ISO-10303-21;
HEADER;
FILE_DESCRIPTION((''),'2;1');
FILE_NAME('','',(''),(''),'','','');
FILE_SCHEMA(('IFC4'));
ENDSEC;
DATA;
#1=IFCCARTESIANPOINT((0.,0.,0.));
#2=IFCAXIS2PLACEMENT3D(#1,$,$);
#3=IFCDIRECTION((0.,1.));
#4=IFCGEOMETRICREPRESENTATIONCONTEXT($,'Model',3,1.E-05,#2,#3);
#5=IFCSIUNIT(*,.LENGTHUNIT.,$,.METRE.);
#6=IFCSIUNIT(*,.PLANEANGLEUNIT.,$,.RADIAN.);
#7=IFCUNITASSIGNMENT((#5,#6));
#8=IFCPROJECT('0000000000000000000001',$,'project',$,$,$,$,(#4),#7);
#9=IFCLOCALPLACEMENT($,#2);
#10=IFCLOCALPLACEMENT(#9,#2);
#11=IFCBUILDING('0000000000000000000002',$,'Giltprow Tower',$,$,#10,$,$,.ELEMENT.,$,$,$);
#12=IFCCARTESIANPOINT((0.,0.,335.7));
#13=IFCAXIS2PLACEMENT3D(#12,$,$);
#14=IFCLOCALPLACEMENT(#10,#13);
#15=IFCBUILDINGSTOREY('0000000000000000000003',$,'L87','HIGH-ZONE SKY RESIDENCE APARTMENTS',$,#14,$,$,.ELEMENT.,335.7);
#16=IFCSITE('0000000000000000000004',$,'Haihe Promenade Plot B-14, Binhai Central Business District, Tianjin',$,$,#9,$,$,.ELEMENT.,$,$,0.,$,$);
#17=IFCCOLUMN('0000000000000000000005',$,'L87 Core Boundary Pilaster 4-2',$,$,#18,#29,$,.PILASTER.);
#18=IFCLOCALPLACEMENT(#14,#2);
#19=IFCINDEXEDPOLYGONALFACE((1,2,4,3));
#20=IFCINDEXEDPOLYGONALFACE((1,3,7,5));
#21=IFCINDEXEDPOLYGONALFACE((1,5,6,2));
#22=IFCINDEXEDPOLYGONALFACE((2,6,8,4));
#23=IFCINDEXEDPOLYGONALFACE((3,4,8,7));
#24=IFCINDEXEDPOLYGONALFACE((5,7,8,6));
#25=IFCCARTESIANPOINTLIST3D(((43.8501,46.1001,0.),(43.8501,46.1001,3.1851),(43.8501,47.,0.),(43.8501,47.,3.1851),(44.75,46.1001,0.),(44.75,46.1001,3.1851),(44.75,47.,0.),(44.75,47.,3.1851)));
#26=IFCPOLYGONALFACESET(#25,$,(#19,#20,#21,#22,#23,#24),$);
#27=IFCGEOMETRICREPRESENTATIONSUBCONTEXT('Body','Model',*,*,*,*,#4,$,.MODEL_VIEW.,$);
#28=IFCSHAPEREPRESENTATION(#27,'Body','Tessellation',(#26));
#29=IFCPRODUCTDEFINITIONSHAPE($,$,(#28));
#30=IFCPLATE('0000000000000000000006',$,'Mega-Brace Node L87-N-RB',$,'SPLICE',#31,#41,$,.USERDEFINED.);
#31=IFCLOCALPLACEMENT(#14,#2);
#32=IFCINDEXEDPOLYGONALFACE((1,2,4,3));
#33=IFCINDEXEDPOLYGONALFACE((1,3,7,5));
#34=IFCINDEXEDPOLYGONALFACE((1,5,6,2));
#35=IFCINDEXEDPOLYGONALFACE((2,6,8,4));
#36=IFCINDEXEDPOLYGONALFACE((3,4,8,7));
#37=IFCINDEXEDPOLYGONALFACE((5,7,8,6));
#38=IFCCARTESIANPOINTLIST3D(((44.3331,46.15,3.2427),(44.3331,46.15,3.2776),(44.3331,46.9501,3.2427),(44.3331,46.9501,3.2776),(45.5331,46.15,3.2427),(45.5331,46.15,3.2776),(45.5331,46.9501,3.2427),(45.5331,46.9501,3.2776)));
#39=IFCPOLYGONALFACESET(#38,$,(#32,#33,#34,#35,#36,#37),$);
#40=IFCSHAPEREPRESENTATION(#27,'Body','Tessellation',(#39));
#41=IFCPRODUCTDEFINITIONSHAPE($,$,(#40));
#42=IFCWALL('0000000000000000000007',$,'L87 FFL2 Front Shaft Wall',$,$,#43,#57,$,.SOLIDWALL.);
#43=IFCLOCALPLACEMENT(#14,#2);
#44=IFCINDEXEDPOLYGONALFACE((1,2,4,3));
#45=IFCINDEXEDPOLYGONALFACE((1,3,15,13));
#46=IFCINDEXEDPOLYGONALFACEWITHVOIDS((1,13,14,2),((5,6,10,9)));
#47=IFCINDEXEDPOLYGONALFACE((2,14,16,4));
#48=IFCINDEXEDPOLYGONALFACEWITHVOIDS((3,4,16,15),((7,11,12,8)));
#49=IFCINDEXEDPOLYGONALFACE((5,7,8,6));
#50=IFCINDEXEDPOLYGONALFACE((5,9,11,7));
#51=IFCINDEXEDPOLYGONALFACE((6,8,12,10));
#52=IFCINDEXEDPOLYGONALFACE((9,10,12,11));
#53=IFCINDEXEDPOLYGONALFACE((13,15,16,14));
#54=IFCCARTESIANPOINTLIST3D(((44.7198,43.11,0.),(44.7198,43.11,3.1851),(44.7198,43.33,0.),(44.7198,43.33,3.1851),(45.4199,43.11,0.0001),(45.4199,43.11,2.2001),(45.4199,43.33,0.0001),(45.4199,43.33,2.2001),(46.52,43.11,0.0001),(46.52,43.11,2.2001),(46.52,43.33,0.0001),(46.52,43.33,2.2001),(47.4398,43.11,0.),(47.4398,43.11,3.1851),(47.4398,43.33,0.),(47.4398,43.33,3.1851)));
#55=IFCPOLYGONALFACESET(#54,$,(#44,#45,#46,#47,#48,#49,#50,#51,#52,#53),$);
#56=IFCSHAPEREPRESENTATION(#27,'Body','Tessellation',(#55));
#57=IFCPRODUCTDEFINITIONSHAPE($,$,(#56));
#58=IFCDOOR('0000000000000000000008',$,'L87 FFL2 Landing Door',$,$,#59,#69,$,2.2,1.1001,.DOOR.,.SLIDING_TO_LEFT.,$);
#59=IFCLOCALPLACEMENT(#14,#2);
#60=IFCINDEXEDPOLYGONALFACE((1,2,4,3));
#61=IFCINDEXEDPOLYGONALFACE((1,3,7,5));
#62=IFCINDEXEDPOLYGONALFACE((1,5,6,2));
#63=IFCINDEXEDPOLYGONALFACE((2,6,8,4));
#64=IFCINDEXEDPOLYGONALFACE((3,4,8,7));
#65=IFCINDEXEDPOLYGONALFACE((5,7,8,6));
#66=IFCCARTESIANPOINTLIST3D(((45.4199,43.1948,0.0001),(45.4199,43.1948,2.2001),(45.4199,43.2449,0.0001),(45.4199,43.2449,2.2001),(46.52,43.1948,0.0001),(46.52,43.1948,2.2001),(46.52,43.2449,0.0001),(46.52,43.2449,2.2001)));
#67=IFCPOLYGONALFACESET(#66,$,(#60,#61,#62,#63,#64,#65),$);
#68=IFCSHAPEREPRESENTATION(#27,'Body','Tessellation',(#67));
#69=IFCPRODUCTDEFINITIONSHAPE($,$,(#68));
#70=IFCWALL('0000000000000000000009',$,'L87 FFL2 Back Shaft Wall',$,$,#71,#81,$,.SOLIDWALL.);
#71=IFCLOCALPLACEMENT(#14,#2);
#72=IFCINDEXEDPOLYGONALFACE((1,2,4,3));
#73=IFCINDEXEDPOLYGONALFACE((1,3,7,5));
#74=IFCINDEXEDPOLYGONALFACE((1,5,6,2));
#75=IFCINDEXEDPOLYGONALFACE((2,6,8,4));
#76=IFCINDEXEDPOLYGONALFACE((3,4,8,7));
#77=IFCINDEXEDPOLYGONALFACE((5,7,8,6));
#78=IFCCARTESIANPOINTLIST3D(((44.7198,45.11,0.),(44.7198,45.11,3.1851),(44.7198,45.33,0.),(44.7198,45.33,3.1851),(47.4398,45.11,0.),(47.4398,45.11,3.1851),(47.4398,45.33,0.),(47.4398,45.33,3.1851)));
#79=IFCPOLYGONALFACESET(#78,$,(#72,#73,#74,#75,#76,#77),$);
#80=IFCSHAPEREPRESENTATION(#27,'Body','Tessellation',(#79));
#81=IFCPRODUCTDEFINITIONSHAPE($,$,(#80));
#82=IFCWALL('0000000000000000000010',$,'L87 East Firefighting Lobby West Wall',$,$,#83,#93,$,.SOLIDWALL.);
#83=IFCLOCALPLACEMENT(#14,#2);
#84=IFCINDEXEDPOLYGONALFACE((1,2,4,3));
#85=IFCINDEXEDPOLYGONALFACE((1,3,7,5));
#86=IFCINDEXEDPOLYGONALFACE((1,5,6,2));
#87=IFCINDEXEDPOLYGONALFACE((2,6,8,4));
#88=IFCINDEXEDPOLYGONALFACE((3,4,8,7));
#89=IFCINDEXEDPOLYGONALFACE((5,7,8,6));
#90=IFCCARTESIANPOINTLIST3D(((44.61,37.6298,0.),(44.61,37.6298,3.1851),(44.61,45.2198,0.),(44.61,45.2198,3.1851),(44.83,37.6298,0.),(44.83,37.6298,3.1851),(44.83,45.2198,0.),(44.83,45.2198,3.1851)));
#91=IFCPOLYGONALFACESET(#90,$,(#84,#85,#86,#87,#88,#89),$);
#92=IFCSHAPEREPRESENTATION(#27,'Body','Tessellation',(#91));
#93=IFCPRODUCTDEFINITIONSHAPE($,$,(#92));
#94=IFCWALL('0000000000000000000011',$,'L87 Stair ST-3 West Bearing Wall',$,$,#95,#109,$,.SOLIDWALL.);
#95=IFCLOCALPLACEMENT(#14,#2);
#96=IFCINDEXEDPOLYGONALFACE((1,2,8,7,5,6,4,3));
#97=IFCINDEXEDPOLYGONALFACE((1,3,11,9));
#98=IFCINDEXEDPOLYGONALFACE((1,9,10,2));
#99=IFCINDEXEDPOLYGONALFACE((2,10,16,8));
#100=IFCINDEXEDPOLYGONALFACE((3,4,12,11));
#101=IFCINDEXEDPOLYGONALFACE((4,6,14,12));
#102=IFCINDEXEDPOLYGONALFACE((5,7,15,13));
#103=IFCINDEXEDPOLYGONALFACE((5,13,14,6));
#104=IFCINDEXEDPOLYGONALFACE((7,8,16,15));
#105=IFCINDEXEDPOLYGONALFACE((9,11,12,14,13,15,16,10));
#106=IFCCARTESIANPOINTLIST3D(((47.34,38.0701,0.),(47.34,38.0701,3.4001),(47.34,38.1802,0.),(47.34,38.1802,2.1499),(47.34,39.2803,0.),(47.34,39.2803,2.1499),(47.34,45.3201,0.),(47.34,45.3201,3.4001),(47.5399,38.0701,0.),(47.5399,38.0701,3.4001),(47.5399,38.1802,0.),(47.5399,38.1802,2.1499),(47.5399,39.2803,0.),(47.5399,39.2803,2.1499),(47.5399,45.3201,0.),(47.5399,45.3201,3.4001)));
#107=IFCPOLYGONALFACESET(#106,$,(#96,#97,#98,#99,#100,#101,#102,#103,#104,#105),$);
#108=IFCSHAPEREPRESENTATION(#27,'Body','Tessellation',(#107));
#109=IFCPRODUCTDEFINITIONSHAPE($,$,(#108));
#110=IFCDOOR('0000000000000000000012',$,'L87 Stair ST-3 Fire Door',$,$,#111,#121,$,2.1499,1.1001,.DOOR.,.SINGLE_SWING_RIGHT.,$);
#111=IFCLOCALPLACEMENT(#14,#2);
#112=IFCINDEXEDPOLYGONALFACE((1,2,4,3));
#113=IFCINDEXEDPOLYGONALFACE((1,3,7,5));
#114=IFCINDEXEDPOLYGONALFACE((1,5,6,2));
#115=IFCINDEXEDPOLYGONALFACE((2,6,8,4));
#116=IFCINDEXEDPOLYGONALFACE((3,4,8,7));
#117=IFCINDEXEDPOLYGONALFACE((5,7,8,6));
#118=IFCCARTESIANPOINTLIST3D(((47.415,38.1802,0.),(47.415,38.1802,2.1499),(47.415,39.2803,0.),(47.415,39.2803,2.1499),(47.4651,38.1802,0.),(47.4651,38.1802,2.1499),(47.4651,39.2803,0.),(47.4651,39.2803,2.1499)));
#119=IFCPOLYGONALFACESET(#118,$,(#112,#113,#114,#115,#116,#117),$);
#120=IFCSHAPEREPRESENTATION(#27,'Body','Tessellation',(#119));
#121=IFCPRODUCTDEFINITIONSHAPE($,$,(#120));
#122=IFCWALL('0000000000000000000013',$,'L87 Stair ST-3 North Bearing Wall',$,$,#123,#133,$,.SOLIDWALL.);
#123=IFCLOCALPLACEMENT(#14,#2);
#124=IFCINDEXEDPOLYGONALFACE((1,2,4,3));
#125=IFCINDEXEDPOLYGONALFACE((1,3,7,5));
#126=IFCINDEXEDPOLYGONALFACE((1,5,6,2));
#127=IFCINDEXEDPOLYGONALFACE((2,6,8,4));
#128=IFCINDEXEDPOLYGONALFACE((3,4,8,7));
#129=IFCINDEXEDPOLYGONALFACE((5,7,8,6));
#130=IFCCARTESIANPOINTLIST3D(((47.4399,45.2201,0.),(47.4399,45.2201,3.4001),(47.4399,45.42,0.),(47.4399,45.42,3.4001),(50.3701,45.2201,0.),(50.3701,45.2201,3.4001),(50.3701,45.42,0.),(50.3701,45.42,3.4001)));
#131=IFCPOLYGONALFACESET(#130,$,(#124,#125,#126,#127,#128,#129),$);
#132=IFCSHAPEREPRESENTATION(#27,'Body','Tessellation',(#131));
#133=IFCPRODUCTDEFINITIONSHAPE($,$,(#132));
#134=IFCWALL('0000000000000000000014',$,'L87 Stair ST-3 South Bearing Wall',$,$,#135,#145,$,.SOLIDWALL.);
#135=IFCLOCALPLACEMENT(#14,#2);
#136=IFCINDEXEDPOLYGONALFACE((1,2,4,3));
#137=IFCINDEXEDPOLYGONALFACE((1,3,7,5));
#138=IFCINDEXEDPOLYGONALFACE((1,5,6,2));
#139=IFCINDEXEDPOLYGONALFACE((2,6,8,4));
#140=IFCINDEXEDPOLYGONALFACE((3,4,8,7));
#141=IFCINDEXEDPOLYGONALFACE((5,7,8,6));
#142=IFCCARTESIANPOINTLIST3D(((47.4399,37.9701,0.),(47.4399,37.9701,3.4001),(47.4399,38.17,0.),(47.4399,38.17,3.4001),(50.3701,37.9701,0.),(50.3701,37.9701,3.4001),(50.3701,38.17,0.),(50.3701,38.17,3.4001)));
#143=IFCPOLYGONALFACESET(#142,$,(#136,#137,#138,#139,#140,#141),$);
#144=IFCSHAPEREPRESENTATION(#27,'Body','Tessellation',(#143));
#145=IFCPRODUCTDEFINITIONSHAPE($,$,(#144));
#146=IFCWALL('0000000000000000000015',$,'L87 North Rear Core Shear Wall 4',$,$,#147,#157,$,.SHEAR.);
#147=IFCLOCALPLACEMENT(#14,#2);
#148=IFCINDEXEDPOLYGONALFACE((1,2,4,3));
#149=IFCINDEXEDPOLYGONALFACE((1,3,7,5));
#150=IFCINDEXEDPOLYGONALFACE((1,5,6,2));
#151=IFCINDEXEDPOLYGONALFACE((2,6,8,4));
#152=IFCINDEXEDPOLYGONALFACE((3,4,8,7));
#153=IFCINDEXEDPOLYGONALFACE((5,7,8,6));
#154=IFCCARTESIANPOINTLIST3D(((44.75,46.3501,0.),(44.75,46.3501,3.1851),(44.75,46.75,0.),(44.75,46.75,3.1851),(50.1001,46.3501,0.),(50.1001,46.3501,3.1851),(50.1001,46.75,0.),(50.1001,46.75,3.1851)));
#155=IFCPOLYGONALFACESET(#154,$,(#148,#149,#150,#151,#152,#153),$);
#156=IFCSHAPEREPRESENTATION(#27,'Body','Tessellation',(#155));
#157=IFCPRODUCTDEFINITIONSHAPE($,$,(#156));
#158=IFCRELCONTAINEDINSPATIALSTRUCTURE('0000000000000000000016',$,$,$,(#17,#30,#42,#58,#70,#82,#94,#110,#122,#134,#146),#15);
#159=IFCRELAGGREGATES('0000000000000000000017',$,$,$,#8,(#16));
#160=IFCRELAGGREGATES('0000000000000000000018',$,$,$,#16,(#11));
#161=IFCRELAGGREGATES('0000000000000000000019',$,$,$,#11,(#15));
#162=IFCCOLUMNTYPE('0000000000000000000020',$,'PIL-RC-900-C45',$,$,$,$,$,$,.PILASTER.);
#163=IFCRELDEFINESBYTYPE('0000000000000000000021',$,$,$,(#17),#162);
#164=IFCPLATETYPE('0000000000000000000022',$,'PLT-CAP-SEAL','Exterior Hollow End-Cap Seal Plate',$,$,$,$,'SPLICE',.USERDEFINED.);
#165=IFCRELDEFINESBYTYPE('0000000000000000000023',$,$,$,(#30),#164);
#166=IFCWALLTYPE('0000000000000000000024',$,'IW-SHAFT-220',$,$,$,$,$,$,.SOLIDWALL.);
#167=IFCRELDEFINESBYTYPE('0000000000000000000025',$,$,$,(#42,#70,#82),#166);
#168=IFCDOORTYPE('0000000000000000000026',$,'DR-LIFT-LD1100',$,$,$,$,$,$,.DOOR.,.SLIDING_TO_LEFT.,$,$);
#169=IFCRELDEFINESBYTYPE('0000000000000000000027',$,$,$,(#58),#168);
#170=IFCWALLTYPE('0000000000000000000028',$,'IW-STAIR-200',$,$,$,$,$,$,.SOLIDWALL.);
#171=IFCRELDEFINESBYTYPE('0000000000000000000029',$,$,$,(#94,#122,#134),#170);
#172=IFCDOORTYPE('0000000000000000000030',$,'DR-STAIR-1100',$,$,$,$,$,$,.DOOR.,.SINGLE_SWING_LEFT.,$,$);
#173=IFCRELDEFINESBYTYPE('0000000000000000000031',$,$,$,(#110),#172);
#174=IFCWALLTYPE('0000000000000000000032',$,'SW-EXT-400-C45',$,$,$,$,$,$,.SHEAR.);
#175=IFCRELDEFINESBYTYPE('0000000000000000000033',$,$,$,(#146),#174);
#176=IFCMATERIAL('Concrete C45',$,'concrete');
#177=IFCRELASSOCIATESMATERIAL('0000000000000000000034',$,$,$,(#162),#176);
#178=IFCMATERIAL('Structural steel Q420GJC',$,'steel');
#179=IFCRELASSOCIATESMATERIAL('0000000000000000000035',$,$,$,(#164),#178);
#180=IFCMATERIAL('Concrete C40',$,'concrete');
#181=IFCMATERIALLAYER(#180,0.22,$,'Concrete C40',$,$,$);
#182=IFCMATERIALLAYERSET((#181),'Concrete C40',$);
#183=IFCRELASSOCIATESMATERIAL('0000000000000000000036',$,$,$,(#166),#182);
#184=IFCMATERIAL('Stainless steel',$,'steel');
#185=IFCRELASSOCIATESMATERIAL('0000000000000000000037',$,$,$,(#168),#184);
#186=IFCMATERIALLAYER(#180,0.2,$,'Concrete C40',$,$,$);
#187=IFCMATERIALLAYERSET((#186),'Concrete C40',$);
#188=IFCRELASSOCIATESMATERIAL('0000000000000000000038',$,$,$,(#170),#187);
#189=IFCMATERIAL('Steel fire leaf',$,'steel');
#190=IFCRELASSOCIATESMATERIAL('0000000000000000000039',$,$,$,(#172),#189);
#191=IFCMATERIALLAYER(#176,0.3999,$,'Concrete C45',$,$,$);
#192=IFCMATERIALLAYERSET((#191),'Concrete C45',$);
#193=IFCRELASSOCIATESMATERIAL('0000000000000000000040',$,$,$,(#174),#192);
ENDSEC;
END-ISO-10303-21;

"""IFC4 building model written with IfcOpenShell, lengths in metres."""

from ifc_helpers import new_model, si_unit, direction, frame, frame_2d, origin, origin_2d, place, context, subcontext, project, spatial, rectangle, extrude, source, transform, mapped, material, layer, layer_set, material_profile, profile_set, type_object, element, fill, save


model = new_model("IFC4")

# Units and contexts
model_context = context("Model", 3, precision=1e-05, world=origin(), true_north=direction((0.0, 1.0)))
body_context = subcontext(model_context, "Body", "Model", "MODEL_VIEW")
ifc_project = project(units=[si_unit("LENGTHUNIT", "METRE"), si_unit("PLANEANGLEUNIT", "RADIAN")], contexts=[model_context])

# Site, building, storey
site_placement = place(None, origin())
site = spatial("IfcSite", under=ifc_project, at=site_placement, Name="Haihe Promenade Plot B-14, Binhai Central Business District, Tianjin", CompositionType="ELEMENT", RefElevation=0.0)
building_placement = place(site_placement, origin())
building = spatial("IfcBuilding", under=site, at=building_placement, Name="Giltprow Tower", CompositionType="ELEMENT")
storey_placement = place(building_placement, frame((0.0, 0.0, 335.7)))
storey = spatial("IfcBuildingStorey", under=building, at=storey_placement, Name="L87", Description="HIGH-ZONE SKY RESIDENCE APARTMENTS", CompositionType="ELEMENT", Elevation=335.7)

# Column
ifc_material_1 = material(Name="Concrete C45", Category="concrete")
ifc_material_profile = material_profile(ifc_material_1, rectangle(XDim=0.8999, YDim=0.8999, at=origin_2d()), Name="RC 900x900")
ifc_profile_set = profile_set([ifc_material_profile], Name="Concrete C45")
column_type = type_object("IfcColumnType", Name="PIL-RC-900-C45", PredefinedType="PILASTER", material=ifc_profile_set)
shared_shape_1 = source(origin(), body_context, "Body", "SweptSolid", [
    extrude(rectangle(XDim=0.8999, YDim=0.8999, at=origin_2d()), origin(), (0.0, 0.0, 1.0), 3.1851),
])
column_placement = place(storey_placement, frame((44.3, 46.55, 0.0), z_axis=(0.0, 0.0, 1.0), x_axis=(1.0, 0.0, 0.0)))
element("IfcColumn", 1, at=column_placement, inside=storey, type_object=column_type, Name="L87 Core Boundary Pilaster 4-2", PredefinedType="PILASTER", context=body_context, shape_type="MappedRepresentation", body=[
    mapped(shared_shape_1, transform((0.0, 0.0, 0.0), x_axis=(1.0, 0.0, 0.0), y_axis=(0.0, 1.0, 0.0), z_axis=(0.0, 0.0, 1.0), scale=1.0)),
])

# Plate
ifc_material_2 = material(Name="Structural steel Q420GJC", Category="steel")
plate_type = type_object("IfcPlateType", Name="PLT-CAP-SEAL", Description="Exterior Hollow End-Cap Seal Plate", ElementType="SPLICE", PredefinedType="USERDEFINED", material=ifc_material_2)
shared_shape_2 = source(origin(), body_context, "Body", "SweptSolid", [
    extrude(rectangle(XDim=1.2, YDim=0.8, at=origin_2d()), origin(), (0.0, 0.0, 1.0), 0.0349),
])
plate_placement = place(storey_placement, frame((44.9331, 46.55, 3.2427), z_axis=(0.0, 0.0, 1.0), x_axis=(1.0, 0.0, 0.0)))
element("IfcPlate", 2, at=plate_placement, inside=storey, type_object=plate_type, Name="Mega-Brace Node L87-N-RB", ObjectType="SPLICE", PredefinedType="USERDEFINED", context=body_context, shape_type="MappedRepresentation", body=[
    mapped(shared_shape_2, transform((0.0, 0.0, 0.0), x_axis=(1.0, 0.0, 0.0), y_axis=(0.0, 1.0, 0.0), z_axis=(0.0, 0.0, 1.0), scale=1.0)),
])

# Wall, opening, door
ifc_material_3 = material(Name="Concrete C40", Category="concrete")
ifc_layer_1 = layer(ifc_material_3, 0.22, Name="Concrete C40")
ifc_layer_set_1 = layer_set([ifc_layer_1], Name="Concrete C40")
wall_type_1 = type_object("IfcWallType", Name="IW-SHAFT-220", PredefinedType="SOLIDWALL", material=ifc_layer_set_1)
wall_1_placement = place(storey_placement, frame((44.72, 43.22, 0.0), z_axis=(0.0, 0.0, 1.0), x_axis=(1.0, 0.0, 0.0)))
wall_1 = element("IfcWall", 3, at=wall_1_placement, inside=storey, type_object=wall_type_1, Name="L87 FFL2 Front Shaft Wall", PredefinedType="SOLIDWALL", context=body_context, shape_type="SweptSolid", body=[
    extrude(rectangle(XDim=2.72, YDim=0.22, at=frame_2d((1.3599, 0.0))), origin(), (0.0, 0.0, 1.0), 3.1851),
])
opening_1_placement = place(wall_1_placement, frame((0.7, 0.0, 0.0)))
opening_1 = element("IfcOpeningElement", 4, at=opening_1_placement, cuts=wall_1, PredefinedType="OPENING", context=body_context, shape_type="SweptSolid", body=[
    extrude(rectangle(XDim=1.1001, YDim=2.2, at=frame_2d((0.55, 1.1001))), frame((0.0, 0.1199, 0.0), z_axis=(0.0, -1.0, 0.0), x_axis=(1.0, 0.0, 0.0)), (0.0, 0.0, 1.0), 0.24),
])
ifc_material_4 = material(Name="Stainless steel", Category="steel")
door_type_1 = type_object("IfcDoorType", Name="DR-LIFT-LD1100", OperationType="SLIDING_TO_LEFT", PredefinedType="DOOR", material=ifc_material_4)
shared_shape_3 = source(origin(), body_context, "Body", "SweptSolid", [
    extrude(rectangle(XDim=1.1001, YDim=2.2, at=frame_2d((0.55, 1.1001))), frame((0.0, 0.0249, 0.0), z_axis=(0.0, -1.0, 0.0), x_axis=(1.0, 0.0, 0.0)), (0.0, 0.0, 1.0), 0.05),
])
door_1_placement = place(opening_1_placement, origin())
door_1 = element("IfcDoor", 5, at=door_1_placement, inside=storey, type_object=door_type_1, Name="L87 FFL2 Landing Door", OperationType="SLIDING_TO_LEFT", OverallHeight=2.2, OverallWidth=1.1001, PredefinedType="DOOR", context=body_context, shape_type="MappedRepresentation", body=[
    mapped(shared_shape_3, transform((0.0, 0.0, 0.0), x_axis=(1.0, 0.0, 0.0), y_axis=(0.0, 1.0, 0.0), z_axis=(0.0, 0.0, 1.0), scale=1.0)),
])
fill(opening_1, door_1)

# Walls
wall_2_placement = place(storey_placement, frame((44.72, 45.22, 0.0), z_axis=(0.0, 0.0, 1.0), x_axis=(1.0, 0.0, 0.0)))
element("IfcWall", 6, at=wall_2_placement, inside=storey, type_object=wall_type_1, Name="L87 FFL2 Back Shaft Wall", PredefinedType="SOLIDWALL", context=body_context, shape_type="SweptSolid", body=[
    extrude(rectangle(XDim=2.72, YDim=0.22, at=frame_2d((1.3599, 0.0))), origin(), (0.0, 0.0, 1.0), 3.1851),
])
wall_3_placement = place(storey_placement, frame((44.72, 37.6299, 0.0), z_axis=(0.0, 0.0, 1.0), x_axis=(0.0, 1.0, 0.0)))
element("IfcWall", 7, at=wall_3_placement, inside=storey, type_object=wall_type_1, Name="L87 East Firefighting Lobby West Wall", PredefinedType="SOLIDWALL", context=body_context, shape_type="SweptSolid", body=[
    extrude(rectangle(XDim=7.5901, YDim=0.22, at=frame_2d((3.7949, 0.0))), origin(), (0.0, 0.0, 1.0), 3.1851),
])

# Wall, opening, door
ifc_layer_2 = layer(ifc_material_3, 0.2, Name="Concrete C40")
ifc_layer_set_2 = layer_set([ifc_layer_2], Name="Concrete C40")
wall_type_2 = type_object("IfcWallType", Name="IW-STAIR-200", PredefinedType="SOLIDWALL", material=ifc_layer_set_2)
wall_4_placement = place(storey_placement, frame((47.4399, 38.0701, 0.0), z_axis=(0.0, 0.0, 1.0), x_axis=(0.0, 1.0, 0.0)))
wall_4 = element("IfcWall", 8, at=wall_4_placement, inside=storey, type_object=wall_type_2, Name="L87 Stair ST-3 West Bearing Wall", PredefinedType="SOLIDWALL", context=body_context, shape_type="SweptSolid", body=[
    extrude(rectangle(XDim=7.25, YDim=0.2, at=frame_2d((3.625, 0.0))), origin(), (0.0, 0.0, 1.0), 3.4001),
])
opening_2_placement = place(wall_4_placement, frame((0.1101, 0.0, 0.0)))
opening_2 = element("IfcOpeningElement", 9, at=opening_2_placement, cuts=wall_4, PredefinedType="OPENING", context=body_context, shape_type="SweptSolid", body=[
    extrude(rectangle(XDim=1.1001, YDim=2.1499, at=frame_2d((0.55, 1.075))), frame((0.0, 0.1099, 0.0), z_axis=(0.0, -1.0, 0.0), x_axis=(1.0, 0.0, 0.0)), (0.0, 0.0, 1.0), 0.22),
])
ifc_material_5 = material(Name="Steel fire leaf", Category="steel")
door_type_2 = type_object("IfcDoorType", Name="DR-STAIR-1100", OperationType="SINGLE_SWING_LEFT", PredefinedType="DOOR", material=ifc_material_5)
shared_shape_4 = source(origin(), body_context, "Body", "SweptSolid", [
    extrude(rectangle(XDim=1.1001, YDim=2.1499, at=frame_2d((0.55, 1.075))), frame((0.0, 0.0249, 0.0), z_axis=(0.0, -1.0, 0.0), x_axis=(1.0, 0.0, 0.0)), (0.0, 0.0, 1.0), 0.05),
])
door_2_placement = place(opening_2_placement, origin())
door_2 = element("IfcDoor", 10, at=door_2_placement, inside=storey, type_object=door_type_2, Name="L87 Stair ST-3 Fire Door", OperationType="SINGLE_SWING_RIGHT", OverallHeight=2.1499, OverallWidth=1.1001, PredefinedType="DOOR", context=body_context, shape_type="MappedRepresentation", body=[
    mapped(shared_shape_4, transform((0.0, 0.0, 0.0), x_axis=(1.0, 0.0, 0.0), y_axis=(0.0, 1.0, 0.0), z_axis=(0.0, 0.0, 1.0), scale=1.0)),
])
fill(opening_2, door_2)

# Walls
for number, where, z_axis, x_axis, name in (
    (11, (47.4399, 45.3201, 0.0), (0.0, 0.0, 1.0), (1.0, 0.0, 0.0), "L87 Stair ST-3 North Bearing Wall"),
    (12, (47.4399, 38.0701, 0.0), (0.0, 0.0, 1.0), (1.0, 0.0, 0.0), "L87 Stair ST-3 South Bearing Wall"),
):
    element("IfcWall", number, at=place(storey_placement, frame(where, z_axis=z_axis, x_axis=x_axis)), inside=storey, type_object=wall_type_2, Name=name, PredefinedType="SOLIDWALL", context=body_context, shape_type="SweptSolid", body=[
        extrude(rectangle(XDim=2.9302, YDim=0.2, at=frame_2d((1.4651, 0.0))), origin(), (0.0, 0.0, 1.0), 3.4001),
    ])
ifc_layer_3 = layer(ifc_material_1, 0.3999, Name="Concrete C45")
ifc_layer_set_3 = layer_set([ifc_layer_3], Name="Concrete C45")
wall_type_3 = type_object("IfcWallType", Name="SW-EXT-400-C45", PredefinedType="SHEAR", material=ifc_layer_set_3)
wall_5_placement = place(storey_placement, frame((44.75, 46.55, 0.0), z_axis=(0.0, 0.0, 1.0), x_axis=(1.0, 0.0, 0.0)))
element("IfcWall", 13, at=wall_5_placement, inside=storey, type_object=wall_type_3, Name="L87 North Rear Core Shear Wall 4", PredefinedType="SHEAR", context=body_context, shape_type="SweptSolid", body=[
    extrude(rectangle(XDim=5.3501, YDim=0.3999, at=frame_2d((2.675, 0.0))), origin(), (0.0, 0.0, 1.0), 3.1851),
])

save(model, "model.ifc")
